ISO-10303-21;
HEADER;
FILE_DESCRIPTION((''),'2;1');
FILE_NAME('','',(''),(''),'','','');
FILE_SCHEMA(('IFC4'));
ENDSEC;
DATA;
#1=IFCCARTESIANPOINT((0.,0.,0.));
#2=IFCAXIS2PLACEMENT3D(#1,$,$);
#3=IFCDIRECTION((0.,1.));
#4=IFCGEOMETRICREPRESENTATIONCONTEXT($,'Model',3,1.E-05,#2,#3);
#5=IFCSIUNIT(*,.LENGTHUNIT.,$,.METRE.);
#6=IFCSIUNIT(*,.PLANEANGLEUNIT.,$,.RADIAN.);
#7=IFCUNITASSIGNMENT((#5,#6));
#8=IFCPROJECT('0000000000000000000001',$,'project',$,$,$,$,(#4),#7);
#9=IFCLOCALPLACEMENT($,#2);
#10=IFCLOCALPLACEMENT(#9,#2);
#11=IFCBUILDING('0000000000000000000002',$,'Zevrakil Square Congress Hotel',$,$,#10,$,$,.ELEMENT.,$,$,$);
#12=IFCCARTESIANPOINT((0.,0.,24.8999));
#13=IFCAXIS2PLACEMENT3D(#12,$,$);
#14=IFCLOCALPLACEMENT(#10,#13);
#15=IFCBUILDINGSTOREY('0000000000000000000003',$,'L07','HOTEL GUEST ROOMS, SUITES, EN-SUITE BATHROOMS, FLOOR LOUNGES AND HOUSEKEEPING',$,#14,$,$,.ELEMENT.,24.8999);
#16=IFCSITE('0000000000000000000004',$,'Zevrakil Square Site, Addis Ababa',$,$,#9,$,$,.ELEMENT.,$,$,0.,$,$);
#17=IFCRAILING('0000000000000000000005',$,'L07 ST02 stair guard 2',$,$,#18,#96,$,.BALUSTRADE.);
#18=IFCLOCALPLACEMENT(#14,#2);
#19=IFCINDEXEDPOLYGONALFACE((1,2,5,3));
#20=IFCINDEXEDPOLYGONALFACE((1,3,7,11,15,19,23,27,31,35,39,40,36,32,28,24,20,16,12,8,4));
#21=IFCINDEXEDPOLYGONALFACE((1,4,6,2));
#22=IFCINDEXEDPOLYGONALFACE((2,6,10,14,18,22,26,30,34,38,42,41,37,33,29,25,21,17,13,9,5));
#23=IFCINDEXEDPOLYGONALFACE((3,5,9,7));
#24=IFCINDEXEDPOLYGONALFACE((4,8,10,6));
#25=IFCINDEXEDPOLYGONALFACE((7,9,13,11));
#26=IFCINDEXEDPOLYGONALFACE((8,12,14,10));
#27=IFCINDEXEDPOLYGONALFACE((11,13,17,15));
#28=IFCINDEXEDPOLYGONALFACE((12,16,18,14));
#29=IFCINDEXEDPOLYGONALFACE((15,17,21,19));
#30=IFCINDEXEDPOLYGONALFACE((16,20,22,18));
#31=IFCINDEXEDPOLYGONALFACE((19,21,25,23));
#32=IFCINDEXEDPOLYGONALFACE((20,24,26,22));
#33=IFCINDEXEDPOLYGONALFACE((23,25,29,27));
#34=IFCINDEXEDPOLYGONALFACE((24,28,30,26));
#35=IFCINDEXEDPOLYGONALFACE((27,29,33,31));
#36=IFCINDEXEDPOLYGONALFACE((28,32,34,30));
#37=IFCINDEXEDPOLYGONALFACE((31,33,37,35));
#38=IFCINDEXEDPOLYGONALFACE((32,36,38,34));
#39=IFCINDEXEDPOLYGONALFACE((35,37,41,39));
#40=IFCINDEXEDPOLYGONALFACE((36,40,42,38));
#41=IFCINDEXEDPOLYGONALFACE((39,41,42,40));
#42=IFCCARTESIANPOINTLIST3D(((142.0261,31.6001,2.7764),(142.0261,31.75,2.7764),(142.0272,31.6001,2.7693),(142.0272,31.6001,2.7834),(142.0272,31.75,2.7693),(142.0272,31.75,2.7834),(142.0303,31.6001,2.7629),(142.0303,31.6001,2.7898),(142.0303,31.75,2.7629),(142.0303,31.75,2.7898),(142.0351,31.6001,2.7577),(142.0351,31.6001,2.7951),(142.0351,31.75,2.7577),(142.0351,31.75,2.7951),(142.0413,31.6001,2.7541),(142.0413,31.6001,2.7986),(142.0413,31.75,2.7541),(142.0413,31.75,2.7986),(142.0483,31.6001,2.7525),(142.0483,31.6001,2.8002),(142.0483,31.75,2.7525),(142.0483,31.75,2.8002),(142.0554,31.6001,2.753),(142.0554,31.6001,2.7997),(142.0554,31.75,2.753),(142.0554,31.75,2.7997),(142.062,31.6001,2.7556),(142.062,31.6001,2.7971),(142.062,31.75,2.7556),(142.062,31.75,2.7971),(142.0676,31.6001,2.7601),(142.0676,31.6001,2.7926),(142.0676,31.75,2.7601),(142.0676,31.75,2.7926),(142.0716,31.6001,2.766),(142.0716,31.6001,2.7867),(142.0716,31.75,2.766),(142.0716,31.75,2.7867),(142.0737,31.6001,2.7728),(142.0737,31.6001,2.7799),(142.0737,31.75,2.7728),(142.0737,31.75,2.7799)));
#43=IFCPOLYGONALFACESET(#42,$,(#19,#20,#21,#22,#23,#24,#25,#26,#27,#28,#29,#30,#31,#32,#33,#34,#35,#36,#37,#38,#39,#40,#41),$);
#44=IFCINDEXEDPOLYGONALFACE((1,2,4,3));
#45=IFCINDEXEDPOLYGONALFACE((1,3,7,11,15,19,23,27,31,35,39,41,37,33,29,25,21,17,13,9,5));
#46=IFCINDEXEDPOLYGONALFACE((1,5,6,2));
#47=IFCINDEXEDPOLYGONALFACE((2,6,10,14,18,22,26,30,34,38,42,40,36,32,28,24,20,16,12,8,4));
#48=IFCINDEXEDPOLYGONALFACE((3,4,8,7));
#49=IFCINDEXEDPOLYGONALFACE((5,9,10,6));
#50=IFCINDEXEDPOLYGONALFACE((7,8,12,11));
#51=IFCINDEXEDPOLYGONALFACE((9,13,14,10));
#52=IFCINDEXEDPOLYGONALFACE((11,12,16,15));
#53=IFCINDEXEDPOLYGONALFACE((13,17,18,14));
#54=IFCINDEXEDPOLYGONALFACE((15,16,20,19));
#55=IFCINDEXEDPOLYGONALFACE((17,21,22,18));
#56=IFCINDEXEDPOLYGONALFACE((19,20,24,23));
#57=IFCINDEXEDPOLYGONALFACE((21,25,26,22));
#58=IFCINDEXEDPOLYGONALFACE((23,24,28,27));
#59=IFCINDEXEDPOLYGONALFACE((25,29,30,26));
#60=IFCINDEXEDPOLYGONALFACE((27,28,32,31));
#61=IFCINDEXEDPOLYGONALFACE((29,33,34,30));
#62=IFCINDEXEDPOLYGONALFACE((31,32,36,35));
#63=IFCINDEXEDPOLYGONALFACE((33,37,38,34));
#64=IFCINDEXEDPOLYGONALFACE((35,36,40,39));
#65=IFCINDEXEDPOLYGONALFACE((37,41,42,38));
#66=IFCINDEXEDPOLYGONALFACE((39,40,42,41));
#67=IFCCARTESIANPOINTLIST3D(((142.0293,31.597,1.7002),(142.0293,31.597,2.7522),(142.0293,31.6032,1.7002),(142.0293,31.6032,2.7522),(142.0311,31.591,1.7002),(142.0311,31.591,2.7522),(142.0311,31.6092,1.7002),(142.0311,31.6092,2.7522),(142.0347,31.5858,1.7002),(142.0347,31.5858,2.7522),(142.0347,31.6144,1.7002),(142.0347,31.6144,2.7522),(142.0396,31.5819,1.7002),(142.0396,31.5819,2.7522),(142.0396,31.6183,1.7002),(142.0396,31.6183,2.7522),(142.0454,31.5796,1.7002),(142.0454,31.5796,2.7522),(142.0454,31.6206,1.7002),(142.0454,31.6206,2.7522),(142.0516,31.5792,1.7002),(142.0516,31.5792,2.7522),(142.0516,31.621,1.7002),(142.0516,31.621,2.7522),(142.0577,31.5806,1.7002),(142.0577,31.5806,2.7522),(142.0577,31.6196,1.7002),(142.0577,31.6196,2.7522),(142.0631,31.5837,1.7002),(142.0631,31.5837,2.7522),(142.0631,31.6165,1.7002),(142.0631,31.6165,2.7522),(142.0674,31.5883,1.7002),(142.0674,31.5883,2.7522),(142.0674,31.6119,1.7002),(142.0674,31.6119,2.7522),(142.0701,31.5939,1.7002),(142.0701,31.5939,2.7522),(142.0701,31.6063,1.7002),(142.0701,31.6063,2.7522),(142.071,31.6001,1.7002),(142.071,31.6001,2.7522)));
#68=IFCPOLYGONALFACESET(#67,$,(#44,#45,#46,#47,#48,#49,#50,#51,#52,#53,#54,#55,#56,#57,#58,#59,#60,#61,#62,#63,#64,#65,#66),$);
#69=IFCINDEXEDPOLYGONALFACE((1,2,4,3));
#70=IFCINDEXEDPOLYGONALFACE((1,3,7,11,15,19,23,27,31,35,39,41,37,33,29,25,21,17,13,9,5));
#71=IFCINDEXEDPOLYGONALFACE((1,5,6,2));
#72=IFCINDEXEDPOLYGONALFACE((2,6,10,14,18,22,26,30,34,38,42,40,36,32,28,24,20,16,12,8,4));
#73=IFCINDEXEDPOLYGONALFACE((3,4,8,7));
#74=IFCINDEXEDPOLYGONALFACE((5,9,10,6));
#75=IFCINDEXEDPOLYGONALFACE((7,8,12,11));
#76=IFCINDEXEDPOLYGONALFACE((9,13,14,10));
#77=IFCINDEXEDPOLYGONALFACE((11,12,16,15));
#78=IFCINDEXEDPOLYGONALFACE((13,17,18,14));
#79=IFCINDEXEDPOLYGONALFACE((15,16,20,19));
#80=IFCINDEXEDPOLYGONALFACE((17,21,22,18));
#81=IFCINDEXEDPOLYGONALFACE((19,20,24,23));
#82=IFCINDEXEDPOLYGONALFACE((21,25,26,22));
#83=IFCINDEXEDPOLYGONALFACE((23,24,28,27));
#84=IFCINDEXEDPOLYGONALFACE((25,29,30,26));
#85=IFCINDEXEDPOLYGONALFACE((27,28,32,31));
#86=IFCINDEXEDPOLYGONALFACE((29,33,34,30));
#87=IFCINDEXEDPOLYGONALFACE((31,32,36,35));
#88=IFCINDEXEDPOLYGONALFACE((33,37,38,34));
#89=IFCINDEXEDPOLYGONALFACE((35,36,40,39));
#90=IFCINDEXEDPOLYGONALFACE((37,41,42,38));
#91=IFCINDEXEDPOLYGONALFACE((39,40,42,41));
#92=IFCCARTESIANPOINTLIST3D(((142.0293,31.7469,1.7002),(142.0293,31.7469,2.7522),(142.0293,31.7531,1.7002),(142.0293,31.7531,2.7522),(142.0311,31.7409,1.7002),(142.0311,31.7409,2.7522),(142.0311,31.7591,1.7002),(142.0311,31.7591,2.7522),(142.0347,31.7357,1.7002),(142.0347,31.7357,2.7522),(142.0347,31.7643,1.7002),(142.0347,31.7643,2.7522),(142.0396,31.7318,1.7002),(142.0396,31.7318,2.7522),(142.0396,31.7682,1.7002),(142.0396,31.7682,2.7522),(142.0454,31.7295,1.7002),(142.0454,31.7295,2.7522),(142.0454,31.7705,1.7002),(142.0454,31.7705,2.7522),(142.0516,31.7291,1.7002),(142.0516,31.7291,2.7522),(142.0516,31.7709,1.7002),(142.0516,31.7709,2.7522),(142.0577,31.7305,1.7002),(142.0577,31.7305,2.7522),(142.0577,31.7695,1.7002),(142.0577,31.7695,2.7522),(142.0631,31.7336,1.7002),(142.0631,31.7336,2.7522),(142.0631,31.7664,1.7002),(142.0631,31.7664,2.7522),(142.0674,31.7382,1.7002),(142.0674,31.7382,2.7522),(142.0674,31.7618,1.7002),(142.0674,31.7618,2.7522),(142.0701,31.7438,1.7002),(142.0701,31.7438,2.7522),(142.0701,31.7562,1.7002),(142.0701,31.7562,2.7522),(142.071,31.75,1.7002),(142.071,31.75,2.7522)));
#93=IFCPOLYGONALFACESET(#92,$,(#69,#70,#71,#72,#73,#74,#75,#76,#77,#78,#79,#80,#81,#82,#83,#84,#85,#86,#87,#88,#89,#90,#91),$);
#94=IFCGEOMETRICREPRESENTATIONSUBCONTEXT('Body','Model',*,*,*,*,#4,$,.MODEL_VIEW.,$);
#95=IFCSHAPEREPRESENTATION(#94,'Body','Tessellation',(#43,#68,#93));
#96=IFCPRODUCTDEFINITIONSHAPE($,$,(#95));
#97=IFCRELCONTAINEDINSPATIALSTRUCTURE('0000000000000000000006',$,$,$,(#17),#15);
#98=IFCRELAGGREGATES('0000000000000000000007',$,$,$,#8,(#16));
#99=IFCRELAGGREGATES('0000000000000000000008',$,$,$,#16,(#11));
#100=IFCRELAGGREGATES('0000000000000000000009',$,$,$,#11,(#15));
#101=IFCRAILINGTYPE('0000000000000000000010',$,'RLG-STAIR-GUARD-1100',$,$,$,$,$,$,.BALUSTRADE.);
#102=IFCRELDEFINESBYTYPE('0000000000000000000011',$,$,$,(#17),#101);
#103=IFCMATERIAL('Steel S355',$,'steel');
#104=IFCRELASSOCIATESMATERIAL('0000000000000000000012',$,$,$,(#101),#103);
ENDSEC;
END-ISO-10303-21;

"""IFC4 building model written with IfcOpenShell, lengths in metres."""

from ifc_helpers import new_model, si_unit, direction, frame, origin, origin_2d, place, context, subcontext, project, spatial, circle, extrude, material, type_object, element, save


model = new_model("IFC4")

# Units and contexts
model_context = context("Model", 3, precision=1e-05, world=origin(), true_north=direction((0.0, 1.0)))
body_context = subcontext(model_context, "Body", "Model", "MODEL_VIEW")
ifc_project = project(units=[si_unit("LENGTHUNIT", "METRE"), si_unit("PLANEANGLEUNIT", "RADIAN")], contexts=[model_context])

# Site, building, storey
site_placement = place(None, origin())
site = spatial("IfcSite", under=ifc_project, at=site_placement, Name="Zevrakil Square Site, Addis Ababa", CompositionType="ELEMENT", RefElevation=0.0)
building_placement = place(site_placement, origin())
building = spatial("IfcBuilding", under=site, at=building_placement, Name="Zevrakil Square Congress Hotel", CompositionType="ELEMENT")
storey_placement = place(building_placement, frame((0.0, 0.0, 24.8999)))
storey = spatial("IfcBuildingStorey", under=building, at=storey_placement, Name="L07", Description="HOTEL GUEST ROOMS, SUITES, EN-SUITE BATHROOMS, FLOOR LOUNGES AND HOUSEKEEPING", CompositionType="ELEMENT", Elevation=24.8999)

# Railing
ifc_material_1 = material(Name="Steel S355", Category="steel")
railing_type_1 = type_object("IfcRailingType", Name="RLG-STAIR-GUARD-1100", PredefinedType="BALUSTRADE", material=ifc_material_1)
railing_1_placement = place(storey_placement, frame((142.05, 31.6001, 1.7002)))
element("IfcRailing", 1, at=railing_1_placement, inside=storey, type_object=railing_type_1, Name="L07 ST02 stair guard 2", PredefinedType="BALUSTRADE", context=body_context, shape_type="SweptSolid", body=[
    extrude(circle(Radius=0.0239, at=origin_2d()), frame((0.0, 0.0, 1.0762), z_axis=(0.0, 1.0, 0.0), x_axis=(-1.0, 0.0, 0.0)), (0.0, 0.0, 1.0), 0.1499),
    extrude(circle(Radius=0.021, at=origin_2d()), origin(), (0.0, 0.0, 1.0), 1.052),
    extrude(circle(Radius=0.021, at=origin_2d()), frame((0.0, 0.1499, 0.0)), (0.0, 0.0, 1.0), 1.052),
])

save(model, "model.ifc")
